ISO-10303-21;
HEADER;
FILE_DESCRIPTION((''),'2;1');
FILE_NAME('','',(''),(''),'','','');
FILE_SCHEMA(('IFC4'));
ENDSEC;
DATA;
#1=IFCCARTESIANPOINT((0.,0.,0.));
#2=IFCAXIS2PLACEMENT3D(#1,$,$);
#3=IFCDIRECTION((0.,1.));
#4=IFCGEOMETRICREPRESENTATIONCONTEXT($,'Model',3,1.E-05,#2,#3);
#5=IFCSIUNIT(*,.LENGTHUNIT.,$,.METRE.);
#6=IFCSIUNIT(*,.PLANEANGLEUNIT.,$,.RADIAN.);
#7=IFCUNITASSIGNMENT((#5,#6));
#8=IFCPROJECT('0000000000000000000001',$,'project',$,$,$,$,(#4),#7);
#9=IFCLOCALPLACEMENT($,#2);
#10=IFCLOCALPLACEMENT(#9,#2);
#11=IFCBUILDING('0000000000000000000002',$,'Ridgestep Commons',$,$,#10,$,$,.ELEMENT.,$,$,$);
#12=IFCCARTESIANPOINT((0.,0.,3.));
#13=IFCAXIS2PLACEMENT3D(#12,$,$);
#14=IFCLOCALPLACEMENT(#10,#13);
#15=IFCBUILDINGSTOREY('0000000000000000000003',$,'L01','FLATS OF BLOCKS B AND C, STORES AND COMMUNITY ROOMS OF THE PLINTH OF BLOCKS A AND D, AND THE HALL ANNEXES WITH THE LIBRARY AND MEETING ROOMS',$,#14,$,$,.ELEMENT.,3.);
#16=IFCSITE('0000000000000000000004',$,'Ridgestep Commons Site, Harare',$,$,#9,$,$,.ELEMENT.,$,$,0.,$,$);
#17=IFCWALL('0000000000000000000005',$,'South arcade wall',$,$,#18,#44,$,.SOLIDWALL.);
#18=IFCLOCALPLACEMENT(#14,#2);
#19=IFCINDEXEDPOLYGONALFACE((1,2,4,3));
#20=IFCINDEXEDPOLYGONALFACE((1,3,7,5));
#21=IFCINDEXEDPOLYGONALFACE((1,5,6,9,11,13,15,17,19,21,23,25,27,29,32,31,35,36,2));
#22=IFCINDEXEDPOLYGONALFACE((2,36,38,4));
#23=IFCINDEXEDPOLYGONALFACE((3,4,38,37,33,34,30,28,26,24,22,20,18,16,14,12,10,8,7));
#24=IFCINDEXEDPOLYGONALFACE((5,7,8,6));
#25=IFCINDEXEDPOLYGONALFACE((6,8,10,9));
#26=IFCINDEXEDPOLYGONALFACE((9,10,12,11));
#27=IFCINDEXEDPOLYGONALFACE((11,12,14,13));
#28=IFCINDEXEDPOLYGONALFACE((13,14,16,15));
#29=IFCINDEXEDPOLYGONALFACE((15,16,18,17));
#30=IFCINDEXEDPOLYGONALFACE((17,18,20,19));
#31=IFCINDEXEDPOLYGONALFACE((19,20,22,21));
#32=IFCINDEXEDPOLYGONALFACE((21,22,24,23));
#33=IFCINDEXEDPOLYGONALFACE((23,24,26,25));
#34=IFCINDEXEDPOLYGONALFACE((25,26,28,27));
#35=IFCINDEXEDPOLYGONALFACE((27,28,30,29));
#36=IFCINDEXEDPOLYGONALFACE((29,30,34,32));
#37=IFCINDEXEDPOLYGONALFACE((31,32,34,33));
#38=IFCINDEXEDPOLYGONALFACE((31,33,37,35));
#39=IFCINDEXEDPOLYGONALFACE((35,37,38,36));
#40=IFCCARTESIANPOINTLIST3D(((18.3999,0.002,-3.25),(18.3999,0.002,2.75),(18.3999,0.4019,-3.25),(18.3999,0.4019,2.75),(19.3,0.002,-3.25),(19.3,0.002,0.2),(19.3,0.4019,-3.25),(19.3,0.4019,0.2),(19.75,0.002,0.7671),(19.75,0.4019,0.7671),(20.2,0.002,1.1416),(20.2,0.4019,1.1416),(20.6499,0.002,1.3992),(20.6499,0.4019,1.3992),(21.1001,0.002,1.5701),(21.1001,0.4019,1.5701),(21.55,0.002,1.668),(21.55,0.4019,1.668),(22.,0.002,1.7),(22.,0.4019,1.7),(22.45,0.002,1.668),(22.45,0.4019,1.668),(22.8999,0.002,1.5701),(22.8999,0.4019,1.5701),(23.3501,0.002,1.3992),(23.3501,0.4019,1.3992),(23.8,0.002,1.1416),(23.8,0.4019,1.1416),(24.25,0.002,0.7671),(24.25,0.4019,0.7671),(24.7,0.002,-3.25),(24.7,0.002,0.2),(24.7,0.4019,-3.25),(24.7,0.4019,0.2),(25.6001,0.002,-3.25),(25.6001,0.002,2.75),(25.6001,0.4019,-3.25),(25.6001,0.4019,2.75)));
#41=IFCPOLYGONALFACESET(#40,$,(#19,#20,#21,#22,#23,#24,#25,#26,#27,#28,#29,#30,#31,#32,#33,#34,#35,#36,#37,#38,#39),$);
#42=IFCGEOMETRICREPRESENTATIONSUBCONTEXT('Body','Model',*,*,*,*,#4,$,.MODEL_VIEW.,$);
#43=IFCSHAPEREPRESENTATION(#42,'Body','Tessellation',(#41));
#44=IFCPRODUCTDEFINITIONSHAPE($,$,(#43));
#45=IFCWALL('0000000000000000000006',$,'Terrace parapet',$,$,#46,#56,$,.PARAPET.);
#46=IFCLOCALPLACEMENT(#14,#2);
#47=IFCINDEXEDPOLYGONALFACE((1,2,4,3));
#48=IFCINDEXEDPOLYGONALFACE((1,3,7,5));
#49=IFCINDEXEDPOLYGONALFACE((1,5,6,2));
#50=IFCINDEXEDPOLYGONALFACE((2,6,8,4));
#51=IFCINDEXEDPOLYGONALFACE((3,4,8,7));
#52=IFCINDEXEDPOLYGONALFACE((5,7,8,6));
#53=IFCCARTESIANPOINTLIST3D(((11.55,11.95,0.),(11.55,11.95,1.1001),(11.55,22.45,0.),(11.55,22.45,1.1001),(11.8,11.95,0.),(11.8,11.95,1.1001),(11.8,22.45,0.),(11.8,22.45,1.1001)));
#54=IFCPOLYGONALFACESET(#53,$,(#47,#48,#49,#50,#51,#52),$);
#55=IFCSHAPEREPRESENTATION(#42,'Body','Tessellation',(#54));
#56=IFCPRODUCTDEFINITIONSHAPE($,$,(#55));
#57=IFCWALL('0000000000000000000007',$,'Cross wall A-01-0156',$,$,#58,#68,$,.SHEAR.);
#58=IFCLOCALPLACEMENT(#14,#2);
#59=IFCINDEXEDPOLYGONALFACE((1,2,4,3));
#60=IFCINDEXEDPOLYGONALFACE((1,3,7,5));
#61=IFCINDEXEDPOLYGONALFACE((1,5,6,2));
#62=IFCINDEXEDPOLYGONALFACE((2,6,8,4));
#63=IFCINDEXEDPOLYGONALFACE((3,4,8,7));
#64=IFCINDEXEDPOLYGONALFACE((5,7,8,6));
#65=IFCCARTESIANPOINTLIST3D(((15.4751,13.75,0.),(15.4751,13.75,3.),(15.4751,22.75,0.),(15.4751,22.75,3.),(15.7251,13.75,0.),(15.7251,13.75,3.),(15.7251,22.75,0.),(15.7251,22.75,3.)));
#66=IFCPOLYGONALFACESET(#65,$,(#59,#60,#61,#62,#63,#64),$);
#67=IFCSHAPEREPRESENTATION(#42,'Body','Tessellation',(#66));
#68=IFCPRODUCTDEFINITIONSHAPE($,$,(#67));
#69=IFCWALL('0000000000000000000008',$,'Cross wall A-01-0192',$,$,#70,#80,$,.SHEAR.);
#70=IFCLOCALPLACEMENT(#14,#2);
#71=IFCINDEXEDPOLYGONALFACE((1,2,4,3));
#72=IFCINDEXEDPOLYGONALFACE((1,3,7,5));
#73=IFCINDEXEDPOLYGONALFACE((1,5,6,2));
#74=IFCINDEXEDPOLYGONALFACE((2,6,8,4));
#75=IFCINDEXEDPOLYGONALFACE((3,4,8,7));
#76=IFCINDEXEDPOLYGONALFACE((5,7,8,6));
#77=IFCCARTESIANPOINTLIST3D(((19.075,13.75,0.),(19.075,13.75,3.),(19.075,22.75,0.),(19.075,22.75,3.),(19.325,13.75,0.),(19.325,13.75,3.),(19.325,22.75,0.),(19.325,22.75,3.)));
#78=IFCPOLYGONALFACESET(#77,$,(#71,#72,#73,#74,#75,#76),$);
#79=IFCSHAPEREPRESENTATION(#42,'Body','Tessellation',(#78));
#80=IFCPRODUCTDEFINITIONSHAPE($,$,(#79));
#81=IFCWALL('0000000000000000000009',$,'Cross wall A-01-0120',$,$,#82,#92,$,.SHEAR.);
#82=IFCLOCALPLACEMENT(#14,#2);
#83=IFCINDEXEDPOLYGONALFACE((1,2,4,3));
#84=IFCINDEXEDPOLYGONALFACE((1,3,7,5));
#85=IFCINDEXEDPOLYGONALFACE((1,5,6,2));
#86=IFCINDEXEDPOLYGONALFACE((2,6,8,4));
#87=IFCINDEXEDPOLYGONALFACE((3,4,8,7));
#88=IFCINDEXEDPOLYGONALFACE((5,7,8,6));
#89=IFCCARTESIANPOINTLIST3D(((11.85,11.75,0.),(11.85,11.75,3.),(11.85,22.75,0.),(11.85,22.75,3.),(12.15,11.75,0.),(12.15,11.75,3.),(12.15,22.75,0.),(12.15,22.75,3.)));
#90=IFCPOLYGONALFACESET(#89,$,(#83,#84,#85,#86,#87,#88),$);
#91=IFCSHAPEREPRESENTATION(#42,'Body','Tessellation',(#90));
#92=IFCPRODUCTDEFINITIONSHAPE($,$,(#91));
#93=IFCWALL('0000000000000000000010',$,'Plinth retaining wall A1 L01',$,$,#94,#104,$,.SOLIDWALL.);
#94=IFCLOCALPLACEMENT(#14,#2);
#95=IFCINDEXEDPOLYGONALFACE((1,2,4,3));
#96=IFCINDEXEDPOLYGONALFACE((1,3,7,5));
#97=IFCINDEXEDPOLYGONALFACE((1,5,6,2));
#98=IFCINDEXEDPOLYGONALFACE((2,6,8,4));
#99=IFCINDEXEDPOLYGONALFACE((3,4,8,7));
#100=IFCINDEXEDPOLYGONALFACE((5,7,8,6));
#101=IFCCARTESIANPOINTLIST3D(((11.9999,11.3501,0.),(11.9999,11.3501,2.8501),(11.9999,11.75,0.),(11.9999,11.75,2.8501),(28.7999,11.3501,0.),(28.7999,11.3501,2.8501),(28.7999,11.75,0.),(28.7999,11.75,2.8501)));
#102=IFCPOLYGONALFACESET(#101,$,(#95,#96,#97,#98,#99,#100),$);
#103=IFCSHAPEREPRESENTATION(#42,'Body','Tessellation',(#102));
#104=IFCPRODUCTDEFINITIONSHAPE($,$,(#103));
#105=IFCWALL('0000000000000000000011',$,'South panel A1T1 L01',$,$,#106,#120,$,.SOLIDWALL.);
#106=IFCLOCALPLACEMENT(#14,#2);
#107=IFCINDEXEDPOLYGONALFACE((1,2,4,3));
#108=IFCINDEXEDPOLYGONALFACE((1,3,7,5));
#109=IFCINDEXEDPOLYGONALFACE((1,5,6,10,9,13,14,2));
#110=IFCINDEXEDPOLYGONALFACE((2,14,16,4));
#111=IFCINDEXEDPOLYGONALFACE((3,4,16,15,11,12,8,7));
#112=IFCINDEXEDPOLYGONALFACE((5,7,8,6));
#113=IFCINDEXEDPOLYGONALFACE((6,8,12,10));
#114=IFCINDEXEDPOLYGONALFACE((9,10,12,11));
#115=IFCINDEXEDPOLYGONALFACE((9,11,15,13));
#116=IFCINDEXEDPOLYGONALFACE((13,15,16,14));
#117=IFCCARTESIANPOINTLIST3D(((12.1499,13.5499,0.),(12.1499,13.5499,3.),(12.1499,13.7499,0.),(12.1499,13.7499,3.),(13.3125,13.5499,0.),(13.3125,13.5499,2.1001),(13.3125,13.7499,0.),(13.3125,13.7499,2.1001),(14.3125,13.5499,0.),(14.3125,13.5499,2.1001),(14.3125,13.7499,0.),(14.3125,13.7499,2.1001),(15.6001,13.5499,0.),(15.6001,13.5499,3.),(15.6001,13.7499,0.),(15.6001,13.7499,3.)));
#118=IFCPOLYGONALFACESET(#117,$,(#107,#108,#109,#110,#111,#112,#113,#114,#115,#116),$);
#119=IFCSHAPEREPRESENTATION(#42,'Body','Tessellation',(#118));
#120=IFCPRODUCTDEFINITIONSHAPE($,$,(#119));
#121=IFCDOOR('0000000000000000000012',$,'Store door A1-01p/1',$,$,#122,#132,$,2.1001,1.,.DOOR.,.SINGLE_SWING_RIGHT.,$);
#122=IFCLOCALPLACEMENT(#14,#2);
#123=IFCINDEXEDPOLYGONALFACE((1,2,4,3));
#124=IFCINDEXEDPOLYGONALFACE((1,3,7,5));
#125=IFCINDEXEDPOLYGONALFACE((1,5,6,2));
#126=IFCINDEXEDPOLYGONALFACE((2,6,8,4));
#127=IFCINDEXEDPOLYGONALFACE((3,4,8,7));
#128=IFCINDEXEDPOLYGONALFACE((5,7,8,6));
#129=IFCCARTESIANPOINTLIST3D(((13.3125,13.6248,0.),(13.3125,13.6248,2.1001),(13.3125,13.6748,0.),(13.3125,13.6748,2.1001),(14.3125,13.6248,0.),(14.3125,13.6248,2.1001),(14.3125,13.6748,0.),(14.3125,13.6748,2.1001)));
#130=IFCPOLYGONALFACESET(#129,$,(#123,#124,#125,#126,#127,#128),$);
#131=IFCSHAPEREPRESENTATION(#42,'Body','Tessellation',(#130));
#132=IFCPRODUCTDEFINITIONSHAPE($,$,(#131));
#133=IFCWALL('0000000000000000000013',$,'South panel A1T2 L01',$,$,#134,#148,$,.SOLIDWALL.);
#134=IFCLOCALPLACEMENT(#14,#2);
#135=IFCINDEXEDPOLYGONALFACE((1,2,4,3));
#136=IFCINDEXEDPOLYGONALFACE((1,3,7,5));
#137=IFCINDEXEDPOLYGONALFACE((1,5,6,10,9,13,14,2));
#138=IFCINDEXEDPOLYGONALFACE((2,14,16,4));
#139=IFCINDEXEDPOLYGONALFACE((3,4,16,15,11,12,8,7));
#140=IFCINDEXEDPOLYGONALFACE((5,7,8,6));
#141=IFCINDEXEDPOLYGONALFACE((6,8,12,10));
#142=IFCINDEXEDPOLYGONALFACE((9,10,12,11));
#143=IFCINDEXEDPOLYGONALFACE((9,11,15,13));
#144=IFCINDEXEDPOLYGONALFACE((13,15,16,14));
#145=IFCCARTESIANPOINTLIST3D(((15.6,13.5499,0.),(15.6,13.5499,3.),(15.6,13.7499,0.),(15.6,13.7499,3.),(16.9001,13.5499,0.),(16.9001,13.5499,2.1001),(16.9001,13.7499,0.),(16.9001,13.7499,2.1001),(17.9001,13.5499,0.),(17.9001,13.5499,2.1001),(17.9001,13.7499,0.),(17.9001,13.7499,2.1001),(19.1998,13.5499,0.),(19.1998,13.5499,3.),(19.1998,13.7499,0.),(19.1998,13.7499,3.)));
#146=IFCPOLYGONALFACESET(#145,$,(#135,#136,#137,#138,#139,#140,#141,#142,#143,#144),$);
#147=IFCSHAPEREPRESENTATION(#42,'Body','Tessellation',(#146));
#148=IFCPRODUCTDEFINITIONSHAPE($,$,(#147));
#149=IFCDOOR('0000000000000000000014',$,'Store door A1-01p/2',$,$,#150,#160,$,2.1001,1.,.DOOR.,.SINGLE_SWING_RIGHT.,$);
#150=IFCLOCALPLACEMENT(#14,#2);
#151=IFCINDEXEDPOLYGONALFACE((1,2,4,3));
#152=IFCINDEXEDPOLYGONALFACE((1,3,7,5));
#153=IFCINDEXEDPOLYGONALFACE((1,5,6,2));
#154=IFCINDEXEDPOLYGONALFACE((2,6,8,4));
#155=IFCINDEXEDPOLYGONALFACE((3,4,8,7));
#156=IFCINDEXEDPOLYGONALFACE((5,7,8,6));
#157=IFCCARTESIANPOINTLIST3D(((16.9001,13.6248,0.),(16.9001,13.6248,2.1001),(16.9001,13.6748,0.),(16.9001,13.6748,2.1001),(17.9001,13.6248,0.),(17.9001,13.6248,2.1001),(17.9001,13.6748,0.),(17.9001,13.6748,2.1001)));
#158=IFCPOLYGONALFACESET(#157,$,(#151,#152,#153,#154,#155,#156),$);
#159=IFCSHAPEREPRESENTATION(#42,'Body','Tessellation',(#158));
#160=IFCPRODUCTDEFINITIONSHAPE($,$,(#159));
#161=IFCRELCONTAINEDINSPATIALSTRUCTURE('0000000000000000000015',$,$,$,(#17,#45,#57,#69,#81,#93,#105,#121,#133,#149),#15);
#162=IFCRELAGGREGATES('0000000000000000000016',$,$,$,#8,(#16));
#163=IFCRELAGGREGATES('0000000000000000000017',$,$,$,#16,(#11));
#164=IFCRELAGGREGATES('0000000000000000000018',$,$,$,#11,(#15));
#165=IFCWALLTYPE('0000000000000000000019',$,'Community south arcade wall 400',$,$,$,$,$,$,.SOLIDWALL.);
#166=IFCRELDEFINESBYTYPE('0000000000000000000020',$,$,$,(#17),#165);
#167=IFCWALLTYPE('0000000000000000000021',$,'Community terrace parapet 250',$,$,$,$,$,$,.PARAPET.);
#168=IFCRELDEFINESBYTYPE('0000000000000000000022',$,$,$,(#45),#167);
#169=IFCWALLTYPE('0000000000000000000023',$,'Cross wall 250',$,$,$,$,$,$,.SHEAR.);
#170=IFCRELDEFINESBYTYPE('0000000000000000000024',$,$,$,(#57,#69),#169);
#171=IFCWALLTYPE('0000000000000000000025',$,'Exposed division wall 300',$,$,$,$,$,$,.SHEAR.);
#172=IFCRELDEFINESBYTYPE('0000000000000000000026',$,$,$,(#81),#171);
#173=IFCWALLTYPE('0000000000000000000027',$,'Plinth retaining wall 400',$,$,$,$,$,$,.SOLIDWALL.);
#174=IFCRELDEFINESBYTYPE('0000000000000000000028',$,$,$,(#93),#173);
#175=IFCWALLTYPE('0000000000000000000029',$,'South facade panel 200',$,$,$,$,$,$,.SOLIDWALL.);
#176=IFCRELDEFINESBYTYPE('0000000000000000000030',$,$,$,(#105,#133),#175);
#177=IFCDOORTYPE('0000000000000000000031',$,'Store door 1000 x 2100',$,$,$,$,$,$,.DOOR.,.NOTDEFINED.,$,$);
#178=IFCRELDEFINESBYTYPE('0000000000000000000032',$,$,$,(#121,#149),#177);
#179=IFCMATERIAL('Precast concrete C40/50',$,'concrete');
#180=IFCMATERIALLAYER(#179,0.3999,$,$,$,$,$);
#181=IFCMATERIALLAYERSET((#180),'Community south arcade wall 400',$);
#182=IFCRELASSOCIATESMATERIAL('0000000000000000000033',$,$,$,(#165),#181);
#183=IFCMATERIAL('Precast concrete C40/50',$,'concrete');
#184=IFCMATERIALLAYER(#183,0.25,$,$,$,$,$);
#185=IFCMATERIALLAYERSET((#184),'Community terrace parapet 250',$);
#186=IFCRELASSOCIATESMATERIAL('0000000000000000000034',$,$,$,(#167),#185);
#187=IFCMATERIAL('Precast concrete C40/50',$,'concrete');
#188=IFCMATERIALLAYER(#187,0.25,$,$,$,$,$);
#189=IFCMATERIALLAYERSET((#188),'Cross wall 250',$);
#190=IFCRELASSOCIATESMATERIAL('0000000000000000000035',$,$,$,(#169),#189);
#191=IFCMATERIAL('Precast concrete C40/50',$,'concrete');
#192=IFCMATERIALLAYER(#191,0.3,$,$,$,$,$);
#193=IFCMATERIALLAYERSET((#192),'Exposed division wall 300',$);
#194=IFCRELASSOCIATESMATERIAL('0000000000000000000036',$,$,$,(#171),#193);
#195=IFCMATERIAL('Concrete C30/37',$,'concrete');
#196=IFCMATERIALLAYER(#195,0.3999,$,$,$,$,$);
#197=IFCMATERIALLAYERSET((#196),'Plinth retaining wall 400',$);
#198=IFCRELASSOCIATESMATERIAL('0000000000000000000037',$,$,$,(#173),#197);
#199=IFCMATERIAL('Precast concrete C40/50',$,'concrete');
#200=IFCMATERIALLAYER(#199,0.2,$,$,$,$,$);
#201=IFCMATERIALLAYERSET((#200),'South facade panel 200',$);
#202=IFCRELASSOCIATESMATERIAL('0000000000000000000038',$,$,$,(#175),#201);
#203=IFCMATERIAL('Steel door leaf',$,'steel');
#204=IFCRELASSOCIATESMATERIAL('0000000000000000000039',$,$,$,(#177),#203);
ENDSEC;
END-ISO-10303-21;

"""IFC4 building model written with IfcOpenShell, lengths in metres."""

from ifc_helpers import new_model, si_unit, direction, frame, frame_2d, origin, place, context, subcontext, project, spatial, polyline, rectangle, outline, extrude, material, layer, layer_set, type_object, element, fill, save


model = new_model("IFC4")

# Units and contexts
model_context = context("Model", 3, precision=1e-05, world=origin(), true_north=direction((0.0, 1.0)))
body_context = subcontext(model_context, "Body", "Model", "MODEL_VIEW")
ifc_project = project(units=[si_unit("LENGTHUNIT", "METRE"), si_unit("PLANEANGLEUNIT", "RADIAN")], contexts=[model_context])

# Site, building, storey
site_placement = place(None, origin())
site = spatial("IfcSite", under=ifc_project, at=site_placement, Name="Ridgestep Commons Site, Harare", CompositionType="ELEMENT", RefElevation=0.0)
building_placement = place(site_placement, origin())
building = spatial("IfcBuilding", under=site, at=building_placement, Name="Ridgestep Commons", CompositionType="ELEMENT")
storey_placement = place(building_placement, frame((0.0, 0.0, 3.0)))
storey = spatial("IfcBuildingStorey", under=building, at=storey_placement, Name="L01", Description="FLATS OF BLOCKS B AND C, STORES AND COMMUNITY ROOMS OF THE PLINTH OF BLOCKS A AND D, AND THE HALL ANNEXES WITH THE LIBRARY AND MEETING ROOMS", CompositionType="ELEMENT", Elevation=3.0)

# Walls
ifc_material_1 = material(Name="Precast concrete C40/50", Category="concrete")
ifc_layer_1 = layer(ifc_material_1, 0.3999)
ifc_layer_set_1 = layer_set([ifc_layer_1], Name="Community south arcade wall 400")
wall_type_1 = type_object("IfcWallType", Name="Community south arcade wall 400", PredefinedType="SOLIDWALL", material=ifc_layer_set_1)
wall_1_placement = place(storey_placement, frame((18.3999, 0.002, -3.25), z_axis=(0.0, -1.0, 0.0), x_axis=(1.0, 0.0, 0.0)))
element("IfcWall", 1, at=wall_1_placement, inside=storey, type_object=wall_type_1, Name="South arcade wall", PredefinedType="SOLIDWALL", context=body_context, shape_type="SweptSolid", body=[
    extrude(outline(polyline([(0.0, 0.0), (0.9001, 0.0), (0.9001, 3.45), (1.3501, 4.0171), (1.8, 4.3916), (2.25, 4.6492), (2.7002, 4.8201), (3.1501, 4.918), (3.6001, 4.95), (4.05, 4.918), (4.5, 4.8201), (4.9502, 4.6492), (5.4001, 4.3916), (5.8501, 4.0171), (6.3, 3.45), (6.3, 0.0), (7.2002, 0.0), (7.2002, 6.0), (0.0, 6.0), (0.0, 0.0)])), origin(), (0.0, 0.0, -1.0), 0.3999),
])
ifc_material_2 = material(Name="Precast concrete C40/50", Category="concrete")
ifc_layer_2 = layer(ifc_material_2, 0.25)
ifc_layer_set_2 = layer_set([ifc_layer_2], Name="Community terrace parapet 250")
wall_type_2 = type_object("IfcWallType", Name="Community terrace parapet 250", PredefinedType="PARAPET", material=ifc_layer_set_2)
wall_2_placement = place(storey_placement, frame((11.675, 11.95, 0.0), z_axis=(0.0, 0.0, 1.0), x_axis=(0.0, 1.0, 0.0)))
element("IfcWall", 2, at=wall_2_placement, inside=storey, type_object=wall_type_2, Name="Terrace parapet", PredefinedType="PARAPET", context=body_context, shape_type="SweptSolid", body=[
    extrude(rectangle(XDim=10.5, YDim=0.25, at=frame_2d((5.25, 0.0))), origin(), (0.0, 0.0, 1.0), 1.1001),
])
ifc_material_3 = material(Name="Precast concrete C40/50", Category="concrete")
ifc_layer_3 = layer(ifc_material_3, 0.25)
ifc_layer_set_3 = layer_set([ifc_layer_3], Name="Cross wall 250")
wall_type_3 = type_object("IfcWallType", Name="Cross wall 250", PredefinedType="SHEAR", material=ifc_layer_set_3)
for number, where, z_axis, x_axis, name in (
    (3, (15.6001, 13.75, 0.0), (0.0, 0.0, 1.0), (0.0, 1.0, 0.0), "Cross wall A-01-0156"),
    (4, (19.2, 13.75, 0.0), (0.0, 0.0, 1.0), (0.0, 1.0, 0.0), "Cross wall A-01-0192"),
):
    element("IfcWall", number, at=place(storey_placement, frame(where, z_axis=z_axis, x_axis=x_axis)), inside=storey, type_object=wall_type_3, Name=name, PredefinedType="SHEAR", context=body_context, shape_type="SweptSolid", body=[
        extrude(rectangle(XDim=9.0, YDim=0.25, at=frame_2d((4.5, 0.0))), origin(), (0.0, 0.0, 1.0), 3.0),
    ])
ifc_material_4 = material(Name="Precast concrete C40/50", Category="concrete")
ifc_layer_4 = layer(ifc_material_4, 0.3)
ifc_layer_set_4 = layer_set([ifc_layer_4], Name="Exposed division wall 300")
wall_type_4 = type_object("IfcWallType", Name="Exposed division wall 300", PredefinedType="SHEAR", material=ifc_layer_set_4)
wall_3_placement = place(storey_placement, frame((12.0, 11.75, 0.0), z_axis=(0.0, 0.0, 1.0), x_axis=(0.0, 1.0, 0.0)))
element("IfcWall", 5, at=wall_3_placement, inside=storey, type_object=wall_type_4, Name="Cross wall A-01-0120", PredefinedType="SHEAR", context=body_context, shape_type="SweptSolid", body=[
    extrude(rectangle(XDim=11.0, YDim=0.3, at=frame_2d((5.5, 0.0))), origin(), (0.0, 0.0, 1.0), 3.0),
])
ifc_material_5 = material(Name="Concrete C30/37", Category="concrete")
ifc_layer_5 = layer(ifc_material_5, 0.3999)
ifc_layer_set_5 = layer_set([ifc_layer_5], Name="Plinth retaining wall 400")
wall_type_5 = type_object("IfcWallType", Name="Plinth retaining wall 400", PredefinedType="SOLIDWALL", material=ifc_layer_set_5)
wall_4_placement = place(storey_placement, frame((12.0, 11.55, 0.0), z_axis=(0.0, 0.0, 1.0), x_axis=(1.0, 0.0, 0.0)))
element("IfcWall", 6, at=wall_4_placement, inside=storey, type_object=wall_type_5, Name="Plinth retaining wall A1 L01", PredefinedType="SOLIDWALL", context=body_context, shape_type="SweptSolid", body=[
    extrude(rectangle(XDim=16.8, YDim=0.3999, at=frame_2d((8.3999, 0.0))), origin(), (0.0, 0.0, 1.0), 2.8501),
])

# Walls, openings, doors
ifc_material_6 = material(Name="Precast concrete C40/50", Category="concrete")
ifc_layer_6 = layer(ifc_material_6, 0.2)
ifc_layer_set_6 = layer_set([ifc_layer_6], Name="South facade panel 200")
wall_type_6 = type_object("IfcWallType", Name="South facade panel 200", PredefinedType="SOLIDWALL", material=ifc_layer_set_6)
wall_5_placement = place(storey_placement, frame((12.1499, 13.6499, 0.0), z_axis=(0.0, 0.0, 1.0), x_axis=(1.0, 0.0, 0.0)))
wall_5 = element("IfcWall", 7, at=wall_5_placement, inside=storey, type_object=wall_type_6, Name="South panel A1T1 L01", PredefinedType="SOLIDWALL", context=body_context, shape_type="SweptSolid", body=[
    extrude(rectangle(XDim=3.4502, YDim=0.2, at=frame_2d((1.7251, 0.0))), origin(), (0.0, 0.0, 1.0), 3.0),
])
opening_1_placement = place(wall_5_placement, frame((1.1626, 0.0, 0.0)))
opening_1 = element("IfcOpeningElement", 8, at=opening_1_placement, cuts=wall_5, PredefinedType="OPENING", context=body_context, shape_type="SweptSolid", body=[
    extrude(rectangle(XDim=1.0, YDim=2.1001, at=frame_2d((0.5, 1.05))), frame((0.0, 0.1099, 0.0), z_axis=(0.0, -1.0, 0.0), x_axis=(1.0, 0.0, 0.0)), (0.0, 0.0, 1.0), 0.22),
])
ifc_material_7 = material(Name="Steel door leaf", Category="steel")
door_type = type_object("IfcDoorType", Name="Store door 1000 x 2100", OperationType="NOTDEFINED", PredefinedType="DOOR", material=ifc_material_7)
door_1_placement = place(opening_1_placement, origin())
door_1 = element("IfcDoor", 9, at=door_1_placement, inside=storey, type_object=door_type, Name="Store door A1-01p/1", OperationType="SINGLE_SWING_RIGHT", OverallHeight=2.1001, OverallWidth=1.0, PredefinedType="DOOR", context=body_context, shape_type="SweptSolid", body=[
    extrude(rectangle(XDim=1.0, YDim=2.1001, at=frame_2d((0.5, 1.05))), frame((0.0, 0.0249, 0.0), z_axis=(0.0, -1.0, 0.0), x_axis=(1.0, 0.0, 0.0)), (0.0, 0.0, 1.0), 0.05),
])
fill(opening_1, door_1)
wall_6_placement = place(storey_placement, frame((15.6001, 13.6499, 0.0), z_axis=(0.0, 0.0, 1.0), x_axis=(1.0, 0.0, 0.0)))
wall_6 = element("IfcWall", 10, at=wall_6_placement, inside=storey, type_object=wall_type_6, Name="South panel A1T2 L01", PredefinedType="SOLIDWALL", context=body_context, shape_type="SweptSolid", body=[
    extrude(rectangle(XDim=3.5999, YDim=0.2, at=frame_2d((1.7998, 0.0))), origin(), (0.0, 0.0, 1.0), 3.0),
])
opening_2_placement = place(wall_6_placement, frame((1.3, 0.0, 0.0)))
opening_2 = element("IfcOpeningElement", 11, at=opening_2_placement, cuts=wall_6, PredefinedType="OPENING", context=body_context, shape_type="SweptSolid", body=[
    extrude(rectangle(XDim=1.0, YDim=2.1001, at=frame_2d((0.5, 1.05))), frame((0.0, 0.1099, 0.0), z_axis=(0.0, -1.0, 0.0), x_axis=(1.0, 0.0, 0.0)), (0.0, 0.0, 1.0), 0.22),
])
door_2_placement = place(opening_2_placement, origin())
door_2 = element("IfcDoor", 12, at=door_2_placement, inside=storey, type_object=door_type, Name="Store door A1-01p/2", OperationType="SINGLE_SWING_RIGHT", OverallHeight=2.1001, OverallWidth=1.0, PredefinedType="DOOR", context=body_context, shape_type="SweptSolid", body=[
    extrude(rectangle(XDim=1.0, YDim=2.1001, at=frame_2d((0.5, 1.05))), frame((0.0, 0.0249, 0.0), z_axis=(0.0, -1.0, 0.0), x_axis=(1.0, 0.0, 0.0)), (0.0, 0.0, 1.0), 0.05),
])
fill(opening_2, door_2)

save(model, "model.ifc")
